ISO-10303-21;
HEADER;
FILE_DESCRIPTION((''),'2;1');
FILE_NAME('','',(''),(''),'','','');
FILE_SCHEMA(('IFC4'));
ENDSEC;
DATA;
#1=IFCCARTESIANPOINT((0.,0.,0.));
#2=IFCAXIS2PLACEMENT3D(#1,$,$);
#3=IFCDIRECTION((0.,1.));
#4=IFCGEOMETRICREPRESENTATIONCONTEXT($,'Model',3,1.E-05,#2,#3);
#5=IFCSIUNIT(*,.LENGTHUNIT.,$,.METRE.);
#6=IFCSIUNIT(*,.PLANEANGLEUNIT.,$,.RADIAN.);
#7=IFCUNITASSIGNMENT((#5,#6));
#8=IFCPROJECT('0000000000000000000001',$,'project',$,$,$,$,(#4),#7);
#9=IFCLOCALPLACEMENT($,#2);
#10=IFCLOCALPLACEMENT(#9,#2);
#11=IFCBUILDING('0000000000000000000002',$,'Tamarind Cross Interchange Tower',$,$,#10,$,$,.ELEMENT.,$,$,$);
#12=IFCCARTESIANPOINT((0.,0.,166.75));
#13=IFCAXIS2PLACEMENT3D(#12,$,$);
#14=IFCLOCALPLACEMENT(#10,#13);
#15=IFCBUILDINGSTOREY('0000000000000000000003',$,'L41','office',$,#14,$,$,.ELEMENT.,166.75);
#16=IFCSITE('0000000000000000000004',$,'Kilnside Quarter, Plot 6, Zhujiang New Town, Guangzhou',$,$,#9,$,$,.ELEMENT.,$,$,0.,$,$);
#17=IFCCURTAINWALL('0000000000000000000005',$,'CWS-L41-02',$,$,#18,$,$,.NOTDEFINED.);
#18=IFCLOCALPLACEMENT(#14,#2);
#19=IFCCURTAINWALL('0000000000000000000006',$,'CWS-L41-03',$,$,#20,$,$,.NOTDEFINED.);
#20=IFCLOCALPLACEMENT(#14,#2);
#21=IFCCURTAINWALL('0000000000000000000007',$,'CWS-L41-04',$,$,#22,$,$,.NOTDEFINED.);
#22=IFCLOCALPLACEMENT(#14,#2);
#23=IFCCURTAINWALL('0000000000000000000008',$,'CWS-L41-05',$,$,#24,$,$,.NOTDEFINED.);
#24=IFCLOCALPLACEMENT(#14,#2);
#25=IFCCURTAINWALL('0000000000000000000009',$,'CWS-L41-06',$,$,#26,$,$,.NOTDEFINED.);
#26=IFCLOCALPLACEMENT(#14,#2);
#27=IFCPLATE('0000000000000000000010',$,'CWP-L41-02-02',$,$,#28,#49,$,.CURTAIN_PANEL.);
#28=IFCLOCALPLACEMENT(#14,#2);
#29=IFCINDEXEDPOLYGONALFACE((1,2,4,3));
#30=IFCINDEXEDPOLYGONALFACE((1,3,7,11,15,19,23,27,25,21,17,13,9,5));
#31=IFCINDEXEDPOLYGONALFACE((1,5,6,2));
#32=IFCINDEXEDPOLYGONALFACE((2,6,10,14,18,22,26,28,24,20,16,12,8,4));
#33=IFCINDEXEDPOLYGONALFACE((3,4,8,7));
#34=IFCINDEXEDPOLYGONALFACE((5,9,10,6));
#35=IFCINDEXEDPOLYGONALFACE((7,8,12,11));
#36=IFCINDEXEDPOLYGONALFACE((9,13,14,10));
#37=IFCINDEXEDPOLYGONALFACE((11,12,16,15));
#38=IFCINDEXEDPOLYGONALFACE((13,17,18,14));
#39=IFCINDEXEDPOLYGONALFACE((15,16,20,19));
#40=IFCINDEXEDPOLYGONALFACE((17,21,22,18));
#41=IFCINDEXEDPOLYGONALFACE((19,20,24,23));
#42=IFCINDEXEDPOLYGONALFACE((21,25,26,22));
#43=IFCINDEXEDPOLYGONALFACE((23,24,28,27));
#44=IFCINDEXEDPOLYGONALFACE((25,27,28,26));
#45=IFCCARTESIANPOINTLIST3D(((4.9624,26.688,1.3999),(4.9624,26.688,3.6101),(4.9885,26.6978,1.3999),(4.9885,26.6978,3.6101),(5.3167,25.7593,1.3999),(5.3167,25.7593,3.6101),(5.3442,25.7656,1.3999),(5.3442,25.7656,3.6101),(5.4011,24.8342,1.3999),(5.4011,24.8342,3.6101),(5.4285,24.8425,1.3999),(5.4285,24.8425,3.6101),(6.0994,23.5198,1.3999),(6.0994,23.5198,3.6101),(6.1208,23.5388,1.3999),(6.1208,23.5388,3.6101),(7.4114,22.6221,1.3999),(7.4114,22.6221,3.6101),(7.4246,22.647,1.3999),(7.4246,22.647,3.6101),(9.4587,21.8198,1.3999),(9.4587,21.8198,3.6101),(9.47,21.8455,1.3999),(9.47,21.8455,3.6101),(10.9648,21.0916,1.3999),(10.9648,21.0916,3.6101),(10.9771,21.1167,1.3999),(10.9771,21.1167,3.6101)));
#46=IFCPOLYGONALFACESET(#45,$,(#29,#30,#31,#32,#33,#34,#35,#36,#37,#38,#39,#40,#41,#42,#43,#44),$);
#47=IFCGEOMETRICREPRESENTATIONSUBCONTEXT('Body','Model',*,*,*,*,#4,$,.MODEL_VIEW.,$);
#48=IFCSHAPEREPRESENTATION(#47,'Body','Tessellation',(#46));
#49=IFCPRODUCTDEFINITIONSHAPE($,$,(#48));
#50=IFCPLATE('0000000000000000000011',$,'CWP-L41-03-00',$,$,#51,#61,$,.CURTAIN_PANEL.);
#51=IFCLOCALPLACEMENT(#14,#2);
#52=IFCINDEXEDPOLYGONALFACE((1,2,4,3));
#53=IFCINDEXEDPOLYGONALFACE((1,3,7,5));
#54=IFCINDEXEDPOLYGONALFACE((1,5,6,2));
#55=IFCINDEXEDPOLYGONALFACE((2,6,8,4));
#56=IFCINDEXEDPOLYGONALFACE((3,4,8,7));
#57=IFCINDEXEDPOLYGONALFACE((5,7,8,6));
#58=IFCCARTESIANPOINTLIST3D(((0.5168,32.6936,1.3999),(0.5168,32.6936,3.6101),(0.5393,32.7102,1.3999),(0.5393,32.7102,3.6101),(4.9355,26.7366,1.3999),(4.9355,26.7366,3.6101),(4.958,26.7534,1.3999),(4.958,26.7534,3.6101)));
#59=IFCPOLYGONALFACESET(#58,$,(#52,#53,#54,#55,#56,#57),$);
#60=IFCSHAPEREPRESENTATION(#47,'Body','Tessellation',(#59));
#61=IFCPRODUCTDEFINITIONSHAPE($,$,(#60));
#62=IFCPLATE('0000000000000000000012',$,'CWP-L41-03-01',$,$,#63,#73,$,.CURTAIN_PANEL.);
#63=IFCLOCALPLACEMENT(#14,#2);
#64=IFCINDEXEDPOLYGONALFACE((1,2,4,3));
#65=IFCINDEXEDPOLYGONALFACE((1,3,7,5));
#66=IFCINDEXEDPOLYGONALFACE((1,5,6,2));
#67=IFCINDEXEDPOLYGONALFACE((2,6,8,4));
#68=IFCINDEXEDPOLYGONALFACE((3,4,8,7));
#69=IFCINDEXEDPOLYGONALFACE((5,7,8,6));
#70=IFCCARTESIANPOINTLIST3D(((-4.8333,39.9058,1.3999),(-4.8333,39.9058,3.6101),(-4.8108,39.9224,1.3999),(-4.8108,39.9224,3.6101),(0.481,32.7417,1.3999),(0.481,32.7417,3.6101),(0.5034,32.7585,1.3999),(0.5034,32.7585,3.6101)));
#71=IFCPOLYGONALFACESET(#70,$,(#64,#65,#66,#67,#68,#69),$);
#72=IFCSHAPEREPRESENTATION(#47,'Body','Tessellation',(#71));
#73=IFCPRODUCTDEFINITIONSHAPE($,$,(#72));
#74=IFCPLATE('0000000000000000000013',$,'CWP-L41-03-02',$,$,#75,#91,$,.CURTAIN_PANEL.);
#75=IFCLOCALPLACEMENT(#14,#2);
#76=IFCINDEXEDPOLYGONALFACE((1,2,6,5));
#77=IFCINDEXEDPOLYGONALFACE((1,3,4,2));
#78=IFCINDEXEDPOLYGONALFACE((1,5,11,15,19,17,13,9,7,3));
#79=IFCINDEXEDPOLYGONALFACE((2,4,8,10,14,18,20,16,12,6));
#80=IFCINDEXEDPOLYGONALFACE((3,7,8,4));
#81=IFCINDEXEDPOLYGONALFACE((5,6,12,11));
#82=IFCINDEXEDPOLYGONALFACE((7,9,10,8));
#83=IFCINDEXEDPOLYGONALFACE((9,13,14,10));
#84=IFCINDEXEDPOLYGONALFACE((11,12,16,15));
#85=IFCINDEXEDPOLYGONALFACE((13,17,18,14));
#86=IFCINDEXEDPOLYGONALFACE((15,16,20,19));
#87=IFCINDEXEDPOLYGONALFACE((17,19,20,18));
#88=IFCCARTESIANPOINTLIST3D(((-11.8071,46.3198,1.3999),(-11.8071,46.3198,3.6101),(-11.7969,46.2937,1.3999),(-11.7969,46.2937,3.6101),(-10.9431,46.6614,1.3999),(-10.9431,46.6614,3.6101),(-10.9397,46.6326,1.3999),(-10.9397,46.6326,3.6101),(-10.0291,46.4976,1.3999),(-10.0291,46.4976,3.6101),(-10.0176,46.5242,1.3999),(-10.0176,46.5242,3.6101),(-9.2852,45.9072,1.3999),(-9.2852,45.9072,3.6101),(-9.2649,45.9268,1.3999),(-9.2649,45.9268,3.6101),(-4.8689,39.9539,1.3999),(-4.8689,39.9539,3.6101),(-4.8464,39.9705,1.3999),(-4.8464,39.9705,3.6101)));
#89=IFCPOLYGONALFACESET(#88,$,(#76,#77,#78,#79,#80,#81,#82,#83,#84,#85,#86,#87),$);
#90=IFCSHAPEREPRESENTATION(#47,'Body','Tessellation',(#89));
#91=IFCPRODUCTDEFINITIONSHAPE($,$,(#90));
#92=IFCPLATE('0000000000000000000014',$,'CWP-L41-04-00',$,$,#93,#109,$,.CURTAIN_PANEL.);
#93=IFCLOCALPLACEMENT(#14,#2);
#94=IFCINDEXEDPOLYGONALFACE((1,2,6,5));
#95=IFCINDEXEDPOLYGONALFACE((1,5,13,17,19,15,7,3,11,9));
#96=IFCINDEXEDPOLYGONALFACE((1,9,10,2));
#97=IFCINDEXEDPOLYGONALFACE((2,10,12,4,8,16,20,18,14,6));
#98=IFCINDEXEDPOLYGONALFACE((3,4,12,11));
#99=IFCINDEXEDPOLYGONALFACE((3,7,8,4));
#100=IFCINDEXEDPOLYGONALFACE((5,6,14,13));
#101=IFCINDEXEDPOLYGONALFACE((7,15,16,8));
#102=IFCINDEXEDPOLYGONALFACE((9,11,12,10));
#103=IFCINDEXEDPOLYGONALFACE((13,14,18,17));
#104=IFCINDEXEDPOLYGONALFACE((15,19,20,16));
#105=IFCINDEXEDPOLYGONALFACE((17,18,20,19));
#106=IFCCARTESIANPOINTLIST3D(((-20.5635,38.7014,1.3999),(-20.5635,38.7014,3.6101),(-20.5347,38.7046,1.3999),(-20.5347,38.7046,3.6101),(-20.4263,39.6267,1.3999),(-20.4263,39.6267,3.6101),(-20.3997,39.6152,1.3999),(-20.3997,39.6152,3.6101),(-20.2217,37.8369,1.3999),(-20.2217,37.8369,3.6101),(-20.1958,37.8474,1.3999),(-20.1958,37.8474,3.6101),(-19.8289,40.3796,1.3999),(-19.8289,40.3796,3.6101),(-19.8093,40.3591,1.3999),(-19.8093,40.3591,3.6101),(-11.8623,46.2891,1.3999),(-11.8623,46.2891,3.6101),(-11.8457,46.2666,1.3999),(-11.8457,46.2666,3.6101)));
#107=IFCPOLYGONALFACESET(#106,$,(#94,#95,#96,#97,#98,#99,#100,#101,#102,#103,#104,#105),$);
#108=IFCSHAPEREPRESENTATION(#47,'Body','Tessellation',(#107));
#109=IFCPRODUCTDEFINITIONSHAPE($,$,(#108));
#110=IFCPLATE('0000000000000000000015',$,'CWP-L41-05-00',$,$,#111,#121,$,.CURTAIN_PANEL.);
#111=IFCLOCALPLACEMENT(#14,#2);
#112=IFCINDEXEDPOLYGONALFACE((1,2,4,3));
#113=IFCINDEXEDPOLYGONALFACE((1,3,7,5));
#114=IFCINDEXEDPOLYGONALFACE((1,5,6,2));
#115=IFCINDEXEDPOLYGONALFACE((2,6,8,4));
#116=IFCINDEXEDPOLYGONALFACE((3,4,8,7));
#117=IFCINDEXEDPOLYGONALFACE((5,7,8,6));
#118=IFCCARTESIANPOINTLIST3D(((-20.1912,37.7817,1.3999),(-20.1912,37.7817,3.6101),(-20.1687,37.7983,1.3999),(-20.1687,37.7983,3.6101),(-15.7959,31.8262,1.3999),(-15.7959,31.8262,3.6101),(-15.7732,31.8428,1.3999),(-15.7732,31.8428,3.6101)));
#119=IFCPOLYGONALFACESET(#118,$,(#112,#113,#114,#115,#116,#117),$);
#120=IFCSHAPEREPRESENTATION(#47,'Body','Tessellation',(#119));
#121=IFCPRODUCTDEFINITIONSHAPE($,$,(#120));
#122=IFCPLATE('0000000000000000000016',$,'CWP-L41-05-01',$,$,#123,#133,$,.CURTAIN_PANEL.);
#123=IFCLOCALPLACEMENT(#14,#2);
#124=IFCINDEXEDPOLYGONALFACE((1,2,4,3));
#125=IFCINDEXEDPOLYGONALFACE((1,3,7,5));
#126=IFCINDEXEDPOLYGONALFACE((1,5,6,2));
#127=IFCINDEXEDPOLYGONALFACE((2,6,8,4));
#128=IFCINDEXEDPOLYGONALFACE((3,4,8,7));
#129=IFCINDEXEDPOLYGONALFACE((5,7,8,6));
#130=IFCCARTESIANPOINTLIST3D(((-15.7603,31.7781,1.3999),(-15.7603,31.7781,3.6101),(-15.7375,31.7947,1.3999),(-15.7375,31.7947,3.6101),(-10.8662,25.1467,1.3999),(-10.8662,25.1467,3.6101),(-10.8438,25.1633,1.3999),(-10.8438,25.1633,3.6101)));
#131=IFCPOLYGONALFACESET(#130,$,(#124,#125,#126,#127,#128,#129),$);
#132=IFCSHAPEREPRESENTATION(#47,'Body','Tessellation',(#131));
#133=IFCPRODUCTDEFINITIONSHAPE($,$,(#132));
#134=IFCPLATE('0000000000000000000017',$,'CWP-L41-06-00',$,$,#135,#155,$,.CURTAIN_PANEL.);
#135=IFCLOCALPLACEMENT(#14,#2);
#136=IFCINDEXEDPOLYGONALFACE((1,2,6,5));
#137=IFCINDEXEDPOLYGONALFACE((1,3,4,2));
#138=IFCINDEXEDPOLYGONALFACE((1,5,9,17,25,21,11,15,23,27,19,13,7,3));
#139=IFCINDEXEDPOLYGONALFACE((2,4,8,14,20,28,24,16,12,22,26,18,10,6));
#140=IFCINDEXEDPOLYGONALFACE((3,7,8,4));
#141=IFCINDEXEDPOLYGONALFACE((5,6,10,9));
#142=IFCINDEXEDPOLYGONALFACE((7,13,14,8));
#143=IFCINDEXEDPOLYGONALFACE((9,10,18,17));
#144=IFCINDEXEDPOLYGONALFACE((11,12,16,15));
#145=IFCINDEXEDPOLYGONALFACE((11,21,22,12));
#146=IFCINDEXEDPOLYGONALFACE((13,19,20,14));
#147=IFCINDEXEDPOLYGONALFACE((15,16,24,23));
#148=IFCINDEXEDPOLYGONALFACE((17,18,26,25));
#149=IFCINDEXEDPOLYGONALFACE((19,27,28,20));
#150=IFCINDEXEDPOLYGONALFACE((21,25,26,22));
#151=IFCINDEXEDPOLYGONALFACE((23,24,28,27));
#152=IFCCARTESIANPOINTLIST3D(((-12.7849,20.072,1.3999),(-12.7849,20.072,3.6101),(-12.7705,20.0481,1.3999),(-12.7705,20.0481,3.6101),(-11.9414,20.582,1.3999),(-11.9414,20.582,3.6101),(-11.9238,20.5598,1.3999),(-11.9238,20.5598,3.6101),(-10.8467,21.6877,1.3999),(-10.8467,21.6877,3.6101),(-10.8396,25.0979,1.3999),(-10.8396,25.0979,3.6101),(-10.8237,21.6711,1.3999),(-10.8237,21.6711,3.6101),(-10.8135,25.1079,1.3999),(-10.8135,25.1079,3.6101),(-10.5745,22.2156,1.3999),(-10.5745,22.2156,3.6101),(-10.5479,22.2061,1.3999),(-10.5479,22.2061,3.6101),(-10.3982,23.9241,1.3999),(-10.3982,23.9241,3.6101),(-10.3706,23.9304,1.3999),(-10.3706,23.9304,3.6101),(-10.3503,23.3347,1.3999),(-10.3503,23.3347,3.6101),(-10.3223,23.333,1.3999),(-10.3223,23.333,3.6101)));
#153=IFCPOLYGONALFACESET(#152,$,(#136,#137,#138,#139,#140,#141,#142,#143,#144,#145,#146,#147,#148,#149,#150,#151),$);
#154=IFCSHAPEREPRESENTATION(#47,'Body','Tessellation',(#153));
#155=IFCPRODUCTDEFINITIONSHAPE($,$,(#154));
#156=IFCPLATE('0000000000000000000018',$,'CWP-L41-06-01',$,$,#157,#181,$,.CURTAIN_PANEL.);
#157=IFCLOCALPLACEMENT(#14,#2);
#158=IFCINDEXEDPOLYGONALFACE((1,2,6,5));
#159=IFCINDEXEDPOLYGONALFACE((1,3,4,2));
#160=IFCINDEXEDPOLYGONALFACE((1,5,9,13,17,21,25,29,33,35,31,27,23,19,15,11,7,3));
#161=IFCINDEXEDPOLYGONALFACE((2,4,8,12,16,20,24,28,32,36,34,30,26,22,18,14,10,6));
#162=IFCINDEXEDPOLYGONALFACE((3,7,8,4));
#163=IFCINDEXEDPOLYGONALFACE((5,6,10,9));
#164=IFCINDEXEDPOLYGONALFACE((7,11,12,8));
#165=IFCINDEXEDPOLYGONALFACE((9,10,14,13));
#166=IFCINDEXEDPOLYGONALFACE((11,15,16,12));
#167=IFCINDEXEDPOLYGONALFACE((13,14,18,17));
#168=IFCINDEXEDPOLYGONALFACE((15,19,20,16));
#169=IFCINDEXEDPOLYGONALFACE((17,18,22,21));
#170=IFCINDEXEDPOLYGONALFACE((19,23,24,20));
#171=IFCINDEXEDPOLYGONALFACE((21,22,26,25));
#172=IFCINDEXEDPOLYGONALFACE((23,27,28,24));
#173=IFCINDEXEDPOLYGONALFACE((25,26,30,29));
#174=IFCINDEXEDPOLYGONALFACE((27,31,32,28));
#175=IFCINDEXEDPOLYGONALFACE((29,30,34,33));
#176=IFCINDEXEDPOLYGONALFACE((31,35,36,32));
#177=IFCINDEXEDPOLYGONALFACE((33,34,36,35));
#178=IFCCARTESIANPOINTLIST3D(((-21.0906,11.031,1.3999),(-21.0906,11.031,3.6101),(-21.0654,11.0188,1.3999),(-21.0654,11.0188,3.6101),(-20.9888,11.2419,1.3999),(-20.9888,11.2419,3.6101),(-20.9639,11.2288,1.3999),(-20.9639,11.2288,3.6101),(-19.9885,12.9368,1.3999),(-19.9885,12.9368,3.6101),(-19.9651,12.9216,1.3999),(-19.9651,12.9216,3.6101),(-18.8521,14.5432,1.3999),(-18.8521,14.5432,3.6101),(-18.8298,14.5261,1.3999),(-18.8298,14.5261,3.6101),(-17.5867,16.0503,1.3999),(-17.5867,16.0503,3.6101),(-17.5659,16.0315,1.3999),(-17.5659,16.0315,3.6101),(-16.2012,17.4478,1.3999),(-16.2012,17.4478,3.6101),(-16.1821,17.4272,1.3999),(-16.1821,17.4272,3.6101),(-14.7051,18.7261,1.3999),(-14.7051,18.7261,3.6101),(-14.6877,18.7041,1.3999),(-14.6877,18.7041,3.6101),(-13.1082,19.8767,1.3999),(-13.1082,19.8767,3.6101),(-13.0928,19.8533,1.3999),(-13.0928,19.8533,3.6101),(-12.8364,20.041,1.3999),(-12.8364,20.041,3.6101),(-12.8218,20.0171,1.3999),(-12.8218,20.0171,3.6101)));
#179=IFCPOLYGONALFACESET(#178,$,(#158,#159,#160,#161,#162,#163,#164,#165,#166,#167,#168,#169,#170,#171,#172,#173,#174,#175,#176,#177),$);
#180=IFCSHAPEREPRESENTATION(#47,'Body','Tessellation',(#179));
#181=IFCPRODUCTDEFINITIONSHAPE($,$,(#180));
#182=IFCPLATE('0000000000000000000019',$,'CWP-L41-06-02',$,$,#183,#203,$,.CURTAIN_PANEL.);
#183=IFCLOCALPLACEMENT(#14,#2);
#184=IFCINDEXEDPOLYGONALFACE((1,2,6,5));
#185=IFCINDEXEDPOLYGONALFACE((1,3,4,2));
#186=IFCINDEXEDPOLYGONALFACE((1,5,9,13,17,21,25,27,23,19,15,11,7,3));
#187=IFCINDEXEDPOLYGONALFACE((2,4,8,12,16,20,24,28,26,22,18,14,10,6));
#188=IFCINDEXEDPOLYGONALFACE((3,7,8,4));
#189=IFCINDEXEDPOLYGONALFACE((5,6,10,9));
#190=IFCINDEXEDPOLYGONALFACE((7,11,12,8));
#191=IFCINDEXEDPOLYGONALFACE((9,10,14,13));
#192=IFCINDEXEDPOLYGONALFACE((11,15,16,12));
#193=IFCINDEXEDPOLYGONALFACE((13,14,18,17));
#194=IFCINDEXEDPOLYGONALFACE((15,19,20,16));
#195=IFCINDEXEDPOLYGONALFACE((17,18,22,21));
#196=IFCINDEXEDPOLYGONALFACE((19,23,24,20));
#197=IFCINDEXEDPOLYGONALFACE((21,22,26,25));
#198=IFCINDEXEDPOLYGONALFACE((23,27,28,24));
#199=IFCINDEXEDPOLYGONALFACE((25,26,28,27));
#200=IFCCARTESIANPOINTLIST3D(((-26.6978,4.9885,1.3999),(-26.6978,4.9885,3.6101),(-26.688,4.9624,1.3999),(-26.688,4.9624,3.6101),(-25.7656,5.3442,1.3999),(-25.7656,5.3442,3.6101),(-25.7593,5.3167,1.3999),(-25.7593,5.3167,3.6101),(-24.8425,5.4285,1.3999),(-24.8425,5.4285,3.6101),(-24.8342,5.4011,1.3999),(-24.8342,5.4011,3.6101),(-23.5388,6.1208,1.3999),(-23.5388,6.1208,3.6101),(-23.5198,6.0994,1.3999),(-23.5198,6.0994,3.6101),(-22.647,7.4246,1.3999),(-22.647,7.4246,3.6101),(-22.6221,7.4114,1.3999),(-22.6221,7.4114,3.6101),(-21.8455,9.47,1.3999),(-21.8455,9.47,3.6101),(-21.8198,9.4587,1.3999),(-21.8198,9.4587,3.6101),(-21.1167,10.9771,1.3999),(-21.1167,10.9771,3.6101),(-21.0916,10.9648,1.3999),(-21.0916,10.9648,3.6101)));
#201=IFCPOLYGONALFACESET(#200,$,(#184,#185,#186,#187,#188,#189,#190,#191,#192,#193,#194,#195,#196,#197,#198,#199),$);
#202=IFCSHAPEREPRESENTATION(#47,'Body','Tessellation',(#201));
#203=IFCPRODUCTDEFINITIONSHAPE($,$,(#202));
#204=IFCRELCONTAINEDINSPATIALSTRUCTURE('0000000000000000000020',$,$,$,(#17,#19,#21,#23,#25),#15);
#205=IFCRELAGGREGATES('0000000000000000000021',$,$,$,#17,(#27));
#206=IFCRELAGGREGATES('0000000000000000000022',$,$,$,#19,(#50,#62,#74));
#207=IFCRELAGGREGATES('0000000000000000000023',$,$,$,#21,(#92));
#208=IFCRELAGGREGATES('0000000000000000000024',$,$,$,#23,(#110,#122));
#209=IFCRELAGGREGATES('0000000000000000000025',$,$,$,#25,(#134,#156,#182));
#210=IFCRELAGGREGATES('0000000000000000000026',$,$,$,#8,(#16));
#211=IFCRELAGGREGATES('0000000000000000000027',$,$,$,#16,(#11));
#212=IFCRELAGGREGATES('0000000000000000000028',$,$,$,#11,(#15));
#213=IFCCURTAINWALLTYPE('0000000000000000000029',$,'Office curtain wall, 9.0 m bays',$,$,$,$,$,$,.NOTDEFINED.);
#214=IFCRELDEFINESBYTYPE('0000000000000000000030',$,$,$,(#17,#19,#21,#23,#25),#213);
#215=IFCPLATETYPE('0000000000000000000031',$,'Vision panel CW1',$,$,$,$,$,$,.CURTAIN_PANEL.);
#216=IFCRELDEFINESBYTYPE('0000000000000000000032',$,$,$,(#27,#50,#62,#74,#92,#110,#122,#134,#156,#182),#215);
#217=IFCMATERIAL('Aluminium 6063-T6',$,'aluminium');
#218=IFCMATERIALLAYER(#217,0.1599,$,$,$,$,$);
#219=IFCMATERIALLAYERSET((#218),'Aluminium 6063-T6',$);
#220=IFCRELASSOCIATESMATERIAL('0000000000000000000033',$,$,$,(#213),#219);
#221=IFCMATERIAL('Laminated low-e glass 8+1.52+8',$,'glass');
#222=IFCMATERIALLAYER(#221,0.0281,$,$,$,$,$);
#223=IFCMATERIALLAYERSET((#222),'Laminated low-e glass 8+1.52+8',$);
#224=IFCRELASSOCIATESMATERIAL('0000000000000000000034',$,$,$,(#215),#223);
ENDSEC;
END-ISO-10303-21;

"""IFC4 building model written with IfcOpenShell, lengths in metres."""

from ifc_helpers import new_model, si_unit, direction, frame, origin, place, context, subcontext, project, spatial, polyline, outline, extrude, material, layer, layer_set, type_object, element, aggregate, save


model = new_model("IFC4")

# Units and contexts
model_context = context("Model", 3, precision=1e-05, world=origin(), true_north=direction((0.0, 1.0)))
body_context = subcontext(model_context, "Body", "Model", "MODEL_VIEW")
ifc_project = project(units=[si_unit("LENGTHUNIT", "METRE"), si_unit("PLANEANGLEUNIT", "RADIAN")], contexts=[model_context])

# Site, building, storey
site_placement = place(None, origin())
site = spatial("IfcSite", under=ifc_project, at=site_placement, Name="Kilnside Quarter, Plot 6, Zhujiang New Town, Guangzhou", CompositionType="ELEMENT", RefElevation=0.0)
building_placement = place(site_placement, origin())
building = spatial("IfcBuilding", under=site, at=building_placement, Name="Tamarind Cross Interchange Tower", CompositionType="ELEMENT")
storey_placement = place(building_placement, frame((0.0, 0.0, 166.75)))
storey = spatial("IfcBuildingStorey", under=building, at=storey_placement, Name="L41", Description="office", CompositionType="ELEMENT", Elevation=166.75)

# Curtain walls
ifc_material_1 = material(Name="Aluminium 6063-T6", Category="aluminium")
ifc_layer_1 = layer(ifc_material_1, 0.1599)
ifc_layer_set_1 = layer_set([ifc_layer_1], Name="Aluminium 6063-T6")
curtain_wall_type = type_object("IfcCurtainWallType", Name="Office curtain wall, 9.0 m bays", PredefinedType="NOTDEFINED", material=ifc_layer_set_1)
curtain_wall_1_placement = place(storey_placement, origin())
curtain_wall_1 = element("IfcCurtainWall", 1, at=curtain_wall_1_placement, inside=storey, type_object=curtain_wall_type, Name="CWS-L41-02", PredefinedType="NOTDEFINED")
curtain_wall_2_placement = place(storey_placement, origin())
curtain_wall_2 = element("IfcCurtainWall", 2, at=curtain_wall_2_placement, inside=storey, type_object=curtain_wall_type, Name="CWS-L41-03", PredefinedType="NOTDEFINED")
curtain_wall_3_placement = place(storey_placement, origin())
curtain_wall_3 = element("IfcCurtainWall", 3, at=curtain_wall_3_placement, inside=storey, type_object=curtain_wall_type, Name="CWS-L41-04", PredefinedType="NOTDEFINED")
curtain_wall_4_placement = place(storey_placement, origin())
curtain_wall_4 = element("IfcCurtainWall", 4, at=curtain_wall_4_placement, inside=storey, type_object=curtain_wall_type, Name="CWS-L41-05", PredefinedType="NOTDEFINED")
curtain_wall_5_placement = place(storey_placement, origin())
curtain_wall_5 = element("IfcCurtainWall", 5, at=curtain_wall_5_placement, inside=storey, type_object=curtain_wall_type, Name="CWS-L41-06", PredefinedType="NOTDEFINED")

# Plates
ifc_material_2 = material(Name="Laminated low-e glass 8+1.52+8", Category="glass")
ifc_layer_2 = layer(ifc_material_2, 0.0281)
ifc_layer_set_2 = layer_set([ifc_layer_2], Name="Laminated low-e glass 8+1.52+8")
plate_type = type_object("IfcPlateType", Name="Vision panel CW1", PredefinedType="CURTAIN_PANEL", material=ifc_layer_set_2)
plate_1_placement = place(storey_placement, frame((0.0, 0.0, 1.3999)))
plate_1 = element("IfcPlate", 6, at=plate_1_placement, type_object=plate_type, Name="CWP-L41-02-02", PredefinedType="CURTAIN_PANEL", context=body_context, shape_type="SweptSolid", body=[
    extrude(outline(polyline([(10.9648, 21.0916), (9.4587, 21.8198), (7.4114, 22.6221), (6.0994, 23.5198), (5.4011, 24.8342), (5.3167, 25.7593), (4.9624, 26.688), (4.9885, 26.6978), (5.3442, 25.7656), (5.4285, 24.8425), (6.1208, 23.5388), (7.4246, 22.647), (9.47, 21.8455), (10.9771, 21.1167), (10.9648, 21.0916)])), origin(), (0.0, 0.0, 1.0), 2.2102),
])
aggregate(curtain_wall_1, [plate_1])
plate_2_placement = place(storey_placement, frame((0.0, 0.0, 1.3999)))
plate_2 = element("IfcPlate", 7, at=plate_2_placement, type_object=plate_type, Name="CWP-L41-03-00", PredefinedType="CURTAIN_PANEL", context=body_context, shape_type="SweptSolid", body=[
    extrude(outline(polyline([(4.9355, 26.7366), (0.5168, 32.6936), (0.5393, 32.7102), (4.958, 26.7534), (4.9355, 26.7366)])), origin(), (0.0, 0.0, 1.0), 2.2102),
])
plate_3_placement = place(storey_placement, frame((0.0, 0.0, 1.3999)))
plate_3 = element("IfcPlate", 8, at=plate_3_placement, type_object=plate_type, Name="CWP-L41-03-01", PredefinedType="CURTAIN_PANEL", context=body_context, shape_type="SweptSolid", body=[
    extrude(outline(polyline([(0.481, 32.7417), (-4.8333, 39.9058), (-4.8108, 39.9224), (0.5034, 32.7585), (0.481, 32.7417)])), origin(), (0.0, 0.0, 1.0), 2.2102),
])
plate_4_placement = place(storey_placement, frame((0.0, 0.0, 1.3999)))
plate_4 = element("IfcPlate", 9, at=plate_4_placement, type_object=plate_type, Name="CWP-L41-03-02", PredefinedType="CURTAIN_PANEL", context=body_context, shape_type="SweptSolid", body=[
    extrude(outline(polyline([(-4.8689, 39.9539), (-9.2852, 45.9072), (-10.0291, 46.4976), (-10.9397, 46.6326), (-11.7969, 46.2937), (-11.8071, 46.3198), (-10.9431, 46.6614), (-10.0176, 46.5242), (-9.2649, 45.9268), (-4.8464, 39.9705), (-4.8689, 39.9539)])), origin(), (0.0, 0.0, 1.0), 2.2102),
])
aggregate(curtain_wall_2, [plate_2, plate_3, plate_4])
plate_5_placement = place(storey_placement, frame((0.0, 0.0, 1.3999)))
plate_5 = element("IfcPlate", 10, at=plate_5_placement, type_object=plate_type, Name="CWP-L41-04-00", PredefinedType="CURTAIN_PANEL", context=body_context, shape_type="SweptSolid", body=[
    extrude(outline(polyline([(-11.8457, 46.2666), (-19.8093, 40.3591), (-20.3997, 39.6152), (-20.5347, 38.7046), (-20.1958, 37.8474), (-20.2217, 37.8369), (-20.5635, 38.7014), (-20.4263, 39.6267), (-19.8289, 40.3796), (-11.8623, 46.2891), (-11.8457, 46.2666)])), origin(), (0.0, 0.0, 1.0), 2.2102),
])
aggregate(curtain_wall_3, [plate_5])
plate_6_placement = place(storey_placement, frame((0.0, 0.0, 1.3999)))
plate_6 = element("IfcPlate", 11, at=plate_6_placement, type_object=plate_type, Name="CWP-L41-05-00", PredefinedType="CURTAIN_PANEL", context=body_context, shape_type="SweptSolid", body=[
    extrude(outline(polyline([(-20.1687, 37.7983), (-15.7732, 31.8428), (-15.7959, 31.8262), (-20.1912, 37.7817), (-20.1687, 37.7983)])), origin(), (0.0, 0.0, 1.0), 2.2102),
])
plate_7_placement = place(storey_placement, frame((0.0, 0.0, 1.3999)))
plate_7 = element("IfcPlate", 12, at=plate_7_placement, type_object=plate_type, Name="CWP-L41-05-01", PredefinedType="CURTAIN_PANEL", context=body_context, shape_type="SweptSolid", body=[
    extrude(outline(polyline([(-15.7375, 31.7947), (-10.8438, 25.1633), (-10.8662, 25.1467), (-15.7603, 31.7781), (-15.7375, 31.7947)])), origin(), (0.0, 0.0, 1.0), 2.2102),
])
aggregate(curtain_wall_4, [plate_6, plate_7])
plate_8_placement = place(storey_placement, frame((0.0, 0.0, 1.3999)))
plate_8 = element("IfcPlate", 13, at=plate_8_placement, type_object=plate_type, Name="CWP-L41-06-00", PredefinedType="CURTAIN_PANEL", context=body_context, shape_type="SweptSolid", body=[
    extrude(outline(polyline([(-10.8135, 25.1079), (-10.3706, 23.9304), (-10.3223, 23.333), (-10.5479, 22.2061), (-10.8237, 21.6711), (-11.9238, 20.5598), (-12.7705, 20.0481), (-12.7849, 20.072), (-11.9414, 20.582), (-10.8467, 21.6877), (-10.5745, 22.2156), (-10.3503, 23.3347), (-10.3982, 23.9241), (-10.8396, 25.0979), (-10.8135, 25.1079)])), origin(), (0.0, 0.0, 1.0), 2.2102),
])
plate_9_placement = place(storey_placement, frame((0.0, 0.0, 1.3999)))
plate_9 = element("IfcPlate", 14, at=plate_9_placement, type_object=plate_type, Name="CWP-L41-06-01", PredefinedType="CURTAIN_PANEL", context=body_context, shape_type="SweptSolid", body=[
    extrude(outline(polyline([(-12.8218, 20.0171), (-13.0928, 19.8533), (-14.6877, 18.7041), (-16.1821, 17.4272), (-17.5659, 16.0315), (-18.8298, 14.5261), (-19.9651, 12.9216), (-20.9639, 11.2288), (-21.0654, 11.0188), (-21.0906, 11.031), (-20.9888, 11.2419), (-19.9885, 12.9368), (-18.8521, 14.5432), (-17.5867, 16.0503), (-16.2012, 17.4478), (-14.7051, 18.7261), (-13.1082, 19.8767), (-12.8364, 20.041), (-12.8218, 20.0171)])), origin(), (0.0, 0.0, 1.0), 2.2102),
])
plate_10_placement = place(storey_placement, frame((0.0, 0.0, 1.3999)))
plate_10 = element("IfcPlate", 15, at=plate_10_placement, type_object=plate_type, Name="CWP-L41-06-02", PredefinedType="CURTAIN_PANEL", context=body_context, shape_type="SweptSolid", body=[
    extrude(outline(polyline([(-21.0916, 10.9648), (-21.8198, 9.4587), (-22.6221, 7.4114), (-23.5198, 6.0994), (-24.8342, 5.4011), (-25.7593, 5.3167), (-26.688, 4.9624), (-26.6978, 4.9885), (-25.7656, 5.3442), (-24.8425, 5.4285), (-23.5388, 6.1208), (-22.647, 7.4246), (-21.8455, 9.47), (-21.1167, 10.9771), (-21.0916, 10.9648)])), origin(), (0.0, 0.0, 1.0), 2.2102),
])
aggregate(curtain_wall_5, [plate_8, plate_9, plate_10])

save(model, "model.ifc")
